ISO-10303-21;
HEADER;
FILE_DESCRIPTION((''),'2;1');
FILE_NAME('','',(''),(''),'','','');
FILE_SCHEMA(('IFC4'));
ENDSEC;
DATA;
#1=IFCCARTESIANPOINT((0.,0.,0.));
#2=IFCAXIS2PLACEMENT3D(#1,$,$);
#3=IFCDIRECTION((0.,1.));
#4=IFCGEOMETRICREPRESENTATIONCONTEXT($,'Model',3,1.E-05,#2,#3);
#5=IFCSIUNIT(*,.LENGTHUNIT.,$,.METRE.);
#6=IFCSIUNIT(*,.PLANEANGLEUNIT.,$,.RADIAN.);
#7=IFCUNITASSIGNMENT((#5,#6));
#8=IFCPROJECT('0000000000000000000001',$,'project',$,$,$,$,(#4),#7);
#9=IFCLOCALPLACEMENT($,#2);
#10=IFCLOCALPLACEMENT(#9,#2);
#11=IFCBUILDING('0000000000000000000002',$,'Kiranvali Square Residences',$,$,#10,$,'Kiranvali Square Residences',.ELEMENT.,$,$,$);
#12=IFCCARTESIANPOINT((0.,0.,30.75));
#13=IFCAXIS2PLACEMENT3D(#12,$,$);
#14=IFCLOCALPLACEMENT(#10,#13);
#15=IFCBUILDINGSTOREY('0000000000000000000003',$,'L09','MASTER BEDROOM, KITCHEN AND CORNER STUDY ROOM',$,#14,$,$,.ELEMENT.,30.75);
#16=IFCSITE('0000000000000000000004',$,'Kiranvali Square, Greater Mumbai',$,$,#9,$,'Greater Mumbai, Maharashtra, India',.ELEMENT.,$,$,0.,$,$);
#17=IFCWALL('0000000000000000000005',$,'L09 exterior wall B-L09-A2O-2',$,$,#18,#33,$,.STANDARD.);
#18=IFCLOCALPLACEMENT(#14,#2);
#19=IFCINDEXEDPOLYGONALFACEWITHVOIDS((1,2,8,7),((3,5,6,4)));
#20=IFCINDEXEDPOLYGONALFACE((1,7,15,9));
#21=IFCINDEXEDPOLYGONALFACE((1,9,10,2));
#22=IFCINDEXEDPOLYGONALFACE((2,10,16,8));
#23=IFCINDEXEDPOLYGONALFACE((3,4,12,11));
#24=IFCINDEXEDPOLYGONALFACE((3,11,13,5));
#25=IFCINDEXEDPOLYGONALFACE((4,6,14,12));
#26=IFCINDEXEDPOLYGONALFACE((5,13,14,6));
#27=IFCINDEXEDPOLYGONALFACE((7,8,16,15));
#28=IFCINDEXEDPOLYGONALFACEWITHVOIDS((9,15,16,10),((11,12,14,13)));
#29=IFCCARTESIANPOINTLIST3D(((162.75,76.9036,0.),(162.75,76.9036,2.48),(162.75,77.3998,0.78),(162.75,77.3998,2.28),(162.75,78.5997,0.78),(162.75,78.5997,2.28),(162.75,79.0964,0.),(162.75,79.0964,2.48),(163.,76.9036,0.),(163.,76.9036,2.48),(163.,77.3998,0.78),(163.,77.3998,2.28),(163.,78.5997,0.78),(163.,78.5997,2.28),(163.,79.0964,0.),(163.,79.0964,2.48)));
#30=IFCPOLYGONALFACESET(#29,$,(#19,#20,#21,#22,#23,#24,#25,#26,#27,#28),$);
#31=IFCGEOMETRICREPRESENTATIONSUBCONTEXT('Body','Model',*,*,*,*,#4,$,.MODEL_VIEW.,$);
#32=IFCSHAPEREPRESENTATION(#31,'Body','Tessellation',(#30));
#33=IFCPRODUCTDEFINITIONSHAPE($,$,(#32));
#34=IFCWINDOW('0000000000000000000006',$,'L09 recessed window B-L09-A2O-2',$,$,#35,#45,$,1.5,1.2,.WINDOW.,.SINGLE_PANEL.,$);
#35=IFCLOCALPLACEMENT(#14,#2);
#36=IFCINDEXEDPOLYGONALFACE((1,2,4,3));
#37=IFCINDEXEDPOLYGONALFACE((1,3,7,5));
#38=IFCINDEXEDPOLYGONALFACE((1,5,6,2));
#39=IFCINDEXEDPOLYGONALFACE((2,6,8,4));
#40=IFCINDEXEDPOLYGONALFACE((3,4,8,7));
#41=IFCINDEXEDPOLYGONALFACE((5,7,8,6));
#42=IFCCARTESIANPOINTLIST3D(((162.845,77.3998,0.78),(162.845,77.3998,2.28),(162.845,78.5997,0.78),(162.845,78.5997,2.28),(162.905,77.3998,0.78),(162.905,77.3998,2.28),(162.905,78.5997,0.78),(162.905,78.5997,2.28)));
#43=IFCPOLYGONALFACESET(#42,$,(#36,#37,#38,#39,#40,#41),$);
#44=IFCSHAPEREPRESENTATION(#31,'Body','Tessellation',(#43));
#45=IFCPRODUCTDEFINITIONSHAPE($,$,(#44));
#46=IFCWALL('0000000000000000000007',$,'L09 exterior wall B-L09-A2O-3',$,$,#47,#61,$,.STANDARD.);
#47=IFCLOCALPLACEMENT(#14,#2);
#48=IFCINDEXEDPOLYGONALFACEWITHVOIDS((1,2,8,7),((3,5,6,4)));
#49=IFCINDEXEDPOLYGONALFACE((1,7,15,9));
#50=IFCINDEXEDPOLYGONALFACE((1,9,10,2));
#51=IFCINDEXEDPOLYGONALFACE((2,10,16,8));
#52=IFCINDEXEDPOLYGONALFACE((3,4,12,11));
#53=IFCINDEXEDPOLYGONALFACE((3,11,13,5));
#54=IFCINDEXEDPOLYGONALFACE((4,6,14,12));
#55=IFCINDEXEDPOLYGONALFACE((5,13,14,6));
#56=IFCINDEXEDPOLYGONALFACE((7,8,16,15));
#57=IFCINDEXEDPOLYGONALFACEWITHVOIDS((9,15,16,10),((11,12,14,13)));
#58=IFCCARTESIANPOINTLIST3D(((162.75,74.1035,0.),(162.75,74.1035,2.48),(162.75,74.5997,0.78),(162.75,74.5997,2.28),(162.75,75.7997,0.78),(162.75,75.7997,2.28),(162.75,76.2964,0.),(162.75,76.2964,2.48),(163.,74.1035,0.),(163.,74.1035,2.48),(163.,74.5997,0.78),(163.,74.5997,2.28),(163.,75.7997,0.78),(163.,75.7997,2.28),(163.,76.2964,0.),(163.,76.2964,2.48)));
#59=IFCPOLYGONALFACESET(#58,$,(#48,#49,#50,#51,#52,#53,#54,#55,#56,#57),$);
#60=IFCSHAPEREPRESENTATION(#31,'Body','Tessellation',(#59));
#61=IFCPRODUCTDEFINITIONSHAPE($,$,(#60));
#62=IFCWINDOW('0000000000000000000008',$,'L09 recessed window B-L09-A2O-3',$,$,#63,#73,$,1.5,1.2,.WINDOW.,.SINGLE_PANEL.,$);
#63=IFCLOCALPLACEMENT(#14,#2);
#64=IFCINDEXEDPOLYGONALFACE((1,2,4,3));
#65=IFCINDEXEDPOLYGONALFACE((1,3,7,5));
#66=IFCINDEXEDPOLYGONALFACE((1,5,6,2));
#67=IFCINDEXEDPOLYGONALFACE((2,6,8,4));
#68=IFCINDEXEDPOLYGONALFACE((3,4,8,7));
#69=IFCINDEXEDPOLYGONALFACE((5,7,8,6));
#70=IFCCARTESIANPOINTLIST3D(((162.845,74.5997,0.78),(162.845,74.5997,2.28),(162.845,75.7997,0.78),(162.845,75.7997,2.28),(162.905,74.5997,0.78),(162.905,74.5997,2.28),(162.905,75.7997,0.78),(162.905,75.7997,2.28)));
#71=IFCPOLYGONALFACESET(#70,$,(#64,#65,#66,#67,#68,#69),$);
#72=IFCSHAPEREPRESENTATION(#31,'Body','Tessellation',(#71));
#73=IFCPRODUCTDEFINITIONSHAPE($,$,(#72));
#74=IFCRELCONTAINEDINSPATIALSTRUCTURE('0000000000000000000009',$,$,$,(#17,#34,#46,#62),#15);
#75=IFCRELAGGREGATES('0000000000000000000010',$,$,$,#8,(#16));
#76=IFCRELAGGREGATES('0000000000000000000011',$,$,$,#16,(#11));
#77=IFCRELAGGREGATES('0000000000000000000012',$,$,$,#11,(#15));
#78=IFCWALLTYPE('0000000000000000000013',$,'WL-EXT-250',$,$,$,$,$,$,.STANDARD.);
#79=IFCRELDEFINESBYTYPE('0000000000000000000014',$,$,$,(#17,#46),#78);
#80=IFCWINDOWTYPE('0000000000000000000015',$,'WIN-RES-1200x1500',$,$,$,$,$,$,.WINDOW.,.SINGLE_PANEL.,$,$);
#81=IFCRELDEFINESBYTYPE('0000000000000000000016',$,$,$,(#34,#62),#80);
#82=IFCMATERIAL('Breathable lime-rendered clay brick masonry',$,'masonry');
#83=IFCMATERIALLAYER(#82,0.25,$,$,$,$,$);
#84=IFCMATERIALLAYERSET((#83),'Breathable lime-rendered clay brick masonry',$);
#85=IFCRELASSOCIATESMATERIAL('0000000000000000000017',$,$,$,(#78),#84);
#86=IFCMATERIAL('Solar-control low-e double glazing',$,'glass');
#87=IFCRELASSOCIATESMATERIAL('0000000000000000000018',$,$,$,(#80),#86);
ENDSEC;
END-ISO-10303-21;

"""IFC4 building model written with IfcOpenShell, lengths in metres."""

from ifc_helpers import new_model, si_unit, direction, frame, frame_2d, origin, place, context, subcontext, project, spatial, rectangle, extrude, material, layer, layer_set, type_object, element, fill, save


model = new_model("IFC4")

# Units and contexts
model_context = context("Model", 3, precision=1e-05, world=origin(), true_north=direction((0.0, 1.0)))
body_context = subcontext(model_context, "Body", "Model", "MODEL_VIEW")
ifc_project = project(units=[si_unit("LENGTHUNIT", "METRE"), si_unit("PLANEANGLEUNIT", "RADIAN")], contexts=[model_context])

# Site, building, storey
site_placement = place(None, origin())
site = spatial("IfcSite", under=ifc_project, at=site_placement, Name="Kiranvali Square, Greater Mumbai", LongName="Greater Mumbai, Maharashtra, India", CompositionType="ELEMENT", RefElevation=0.0)
building_placement = place(site_placement, origin())
building = spatial("IfcBuilding", under=site, at=building_placement, Name="Kiranvali Square Residences", LongName="Kiranvali Square Residences", CompositionType="ELEMENT")
storey_placement = place(building_placement, frame((0.0, 0.0, 30.75)))
storey = spatial("IfcBuildingStorey", under=building, at=storey_placement, Name="L09", Description="MASTER BEDROOM, KITCHEN AND CORNER STUDY ROOM", CompositionType="ELEMENT", Elevation=30.75)

# Walls, openings, windows
ifc_material_1 = material(Name="Breathable lime-rendered clay brick masonry", Category="masonry")
ifc_layer = layer(ifc_material_1, 0.25)
ifc_layer_set = layer_set([ifc_layer], Name="Breathable lime-rendered clay brick masonry")
wall_type = type_object("IfcWallType", Name="WL-EXT-250", PredefinedType="STANDARD", material=ifc_layer_set)
wall_1_placement = place(storey_placement, frame((162.875, 79.0964, 0.0), z_axis=(0.0, 0.0, 1.0), x_axis=(0.0, -1.0, 0.0)))
wall_1 = element("IfcWall", 1, at=wall_1_placement, inside=storey, type_object=wall_type, Name="L09 exterior wall B-L09-A2O-2", PredefinedType="STANDARD", context=body_context, shape_type="SweptSolid", body=[
    extrude(rectangle(XDim=2.1929, YDim=0.25, at=frame_2d((1.0964, 0.0))), origin(), (0.0, 0.0, 1.0), 2.48),
])
opening_1_placement = place(wall_1_placement, frame((0.4966, 0.0, 0.78)))
opening_1 = element("IfcOpeningElement", 2, at=opening_1_placement, cuts=wall_1, PredefinedType="OPENING", context=body_context, shape_type="SweptSolid", body=[
    extrude(rectangle(XDim=1.2, YDim=1.5, at=frame_2d((0.6001, 0.75))), frame((0.0, 0.135, 0.0), z_axis=(0.0, -1.0, 0.0), x_axis=(1.0, 0.0, 0.0)), (0.0, 0.0, 1.0), 0.27),
])
ifc_material_2 = material(Name="Solar-control low-e double glazing", Category="glass")
window_type = type_object("IfcWindowType", Name="WIN-RES-1200x1500", PartitioningType="SINGLE_PANEL", PredefinedType="WINDOW", material=ifc_material_2)
window_1_placement = place(opening_1_placement, origin())
window_1 = element("IfcWindow", 3, at=window_1_placement, inside=storey, type_object=window_type, Name="L09 recessed window B-L09-A2O-2", OverallHeight=1.5, OverallWidth=1.2, PartitioningType="SINGLE_PANEL", PredefinedType="WINDOW", context=body_context, shape_type="SweptSolid", body=[
    extrude(rectangle(XDim=1.2, YDim=1.5, at=frame_2d((0.6001, 0.75))), frame((0.0, 0.03, 0.0), z_axis=(0.0, -1.0, 0.0), x_axis=(1.0, 0.0, 0.0)), (0.0, 0.0, 1.0), 0.0601),
])
fill(opening_1, window_1)
wall_2_placement = place(storey_placement, frame((162.875, 76.2964, 0.0), z_axis=(0.0, 0.0, 1.0), x_axis=(0.0, -1.0, 0.0)))
wall_2 = element("IfcWall", 4, at=wall_2_placement, inside=storey, type_object=wall_type, Name="L09 exterior wall B-L09-A2O-3", PredefinedType="STANDARD", context=body_context, shape_type="SweptSolid", body=[
    extrude(rectangle(XDim=2.1929, YDim=0.25, at=frame_2d((1.0964, 0.0))), origin(), (0.0, 0.0, 1.0), 2.48),
])
opening_2_placement = place(wall_2_placement, frame((0.4966, 0.0, 0.78)))
opening_2 = element("IfcOpeningElement", 5, at=opening_2_placement, cuts=wall_2, PredefinedType="OPENING", context=body_context, shape_type="SweptSolid", body=[
    extrude(rectangle(XDim=1.2, YDim=1.5, at=frame_2d((0.6001, 0.75))), frame((0.0, 0.135, 0.0), z_axis=(0.0, -1.0, 0.0), x_axis=(1.0, 0.0, 0.0)), (0.0, 0.0, 1.0), 0.27),
])
window_2_placement = place(opening_2_placement, origin())
window_2 = element("IfcWindow", 6, at=window_2_placement, inside=storey, type_object=window_type, Name="L09 recessed window B-L09-A2O-3", OverallHeight=1.5, OverallWidth=1.2, PartitioningType="SINGLE_PANEL", PredefinedType="WINDOW", context=body_context, shape_type="SweptSolid", body=[
    extrude(rectangle(XDim=1.2, YDim=1.5, at=frame_2d((0.6001, 0.75))), frame((0.0, 0.03, 0.0), z_axis=(0.0, -1.0, 0.0), x_axis=(1.0, 0.0, 0.0)), (0.0, 0.0, 1.0), 0.0601),
])
fill(opening_2, window_2)

save(model, "model.ifc")
